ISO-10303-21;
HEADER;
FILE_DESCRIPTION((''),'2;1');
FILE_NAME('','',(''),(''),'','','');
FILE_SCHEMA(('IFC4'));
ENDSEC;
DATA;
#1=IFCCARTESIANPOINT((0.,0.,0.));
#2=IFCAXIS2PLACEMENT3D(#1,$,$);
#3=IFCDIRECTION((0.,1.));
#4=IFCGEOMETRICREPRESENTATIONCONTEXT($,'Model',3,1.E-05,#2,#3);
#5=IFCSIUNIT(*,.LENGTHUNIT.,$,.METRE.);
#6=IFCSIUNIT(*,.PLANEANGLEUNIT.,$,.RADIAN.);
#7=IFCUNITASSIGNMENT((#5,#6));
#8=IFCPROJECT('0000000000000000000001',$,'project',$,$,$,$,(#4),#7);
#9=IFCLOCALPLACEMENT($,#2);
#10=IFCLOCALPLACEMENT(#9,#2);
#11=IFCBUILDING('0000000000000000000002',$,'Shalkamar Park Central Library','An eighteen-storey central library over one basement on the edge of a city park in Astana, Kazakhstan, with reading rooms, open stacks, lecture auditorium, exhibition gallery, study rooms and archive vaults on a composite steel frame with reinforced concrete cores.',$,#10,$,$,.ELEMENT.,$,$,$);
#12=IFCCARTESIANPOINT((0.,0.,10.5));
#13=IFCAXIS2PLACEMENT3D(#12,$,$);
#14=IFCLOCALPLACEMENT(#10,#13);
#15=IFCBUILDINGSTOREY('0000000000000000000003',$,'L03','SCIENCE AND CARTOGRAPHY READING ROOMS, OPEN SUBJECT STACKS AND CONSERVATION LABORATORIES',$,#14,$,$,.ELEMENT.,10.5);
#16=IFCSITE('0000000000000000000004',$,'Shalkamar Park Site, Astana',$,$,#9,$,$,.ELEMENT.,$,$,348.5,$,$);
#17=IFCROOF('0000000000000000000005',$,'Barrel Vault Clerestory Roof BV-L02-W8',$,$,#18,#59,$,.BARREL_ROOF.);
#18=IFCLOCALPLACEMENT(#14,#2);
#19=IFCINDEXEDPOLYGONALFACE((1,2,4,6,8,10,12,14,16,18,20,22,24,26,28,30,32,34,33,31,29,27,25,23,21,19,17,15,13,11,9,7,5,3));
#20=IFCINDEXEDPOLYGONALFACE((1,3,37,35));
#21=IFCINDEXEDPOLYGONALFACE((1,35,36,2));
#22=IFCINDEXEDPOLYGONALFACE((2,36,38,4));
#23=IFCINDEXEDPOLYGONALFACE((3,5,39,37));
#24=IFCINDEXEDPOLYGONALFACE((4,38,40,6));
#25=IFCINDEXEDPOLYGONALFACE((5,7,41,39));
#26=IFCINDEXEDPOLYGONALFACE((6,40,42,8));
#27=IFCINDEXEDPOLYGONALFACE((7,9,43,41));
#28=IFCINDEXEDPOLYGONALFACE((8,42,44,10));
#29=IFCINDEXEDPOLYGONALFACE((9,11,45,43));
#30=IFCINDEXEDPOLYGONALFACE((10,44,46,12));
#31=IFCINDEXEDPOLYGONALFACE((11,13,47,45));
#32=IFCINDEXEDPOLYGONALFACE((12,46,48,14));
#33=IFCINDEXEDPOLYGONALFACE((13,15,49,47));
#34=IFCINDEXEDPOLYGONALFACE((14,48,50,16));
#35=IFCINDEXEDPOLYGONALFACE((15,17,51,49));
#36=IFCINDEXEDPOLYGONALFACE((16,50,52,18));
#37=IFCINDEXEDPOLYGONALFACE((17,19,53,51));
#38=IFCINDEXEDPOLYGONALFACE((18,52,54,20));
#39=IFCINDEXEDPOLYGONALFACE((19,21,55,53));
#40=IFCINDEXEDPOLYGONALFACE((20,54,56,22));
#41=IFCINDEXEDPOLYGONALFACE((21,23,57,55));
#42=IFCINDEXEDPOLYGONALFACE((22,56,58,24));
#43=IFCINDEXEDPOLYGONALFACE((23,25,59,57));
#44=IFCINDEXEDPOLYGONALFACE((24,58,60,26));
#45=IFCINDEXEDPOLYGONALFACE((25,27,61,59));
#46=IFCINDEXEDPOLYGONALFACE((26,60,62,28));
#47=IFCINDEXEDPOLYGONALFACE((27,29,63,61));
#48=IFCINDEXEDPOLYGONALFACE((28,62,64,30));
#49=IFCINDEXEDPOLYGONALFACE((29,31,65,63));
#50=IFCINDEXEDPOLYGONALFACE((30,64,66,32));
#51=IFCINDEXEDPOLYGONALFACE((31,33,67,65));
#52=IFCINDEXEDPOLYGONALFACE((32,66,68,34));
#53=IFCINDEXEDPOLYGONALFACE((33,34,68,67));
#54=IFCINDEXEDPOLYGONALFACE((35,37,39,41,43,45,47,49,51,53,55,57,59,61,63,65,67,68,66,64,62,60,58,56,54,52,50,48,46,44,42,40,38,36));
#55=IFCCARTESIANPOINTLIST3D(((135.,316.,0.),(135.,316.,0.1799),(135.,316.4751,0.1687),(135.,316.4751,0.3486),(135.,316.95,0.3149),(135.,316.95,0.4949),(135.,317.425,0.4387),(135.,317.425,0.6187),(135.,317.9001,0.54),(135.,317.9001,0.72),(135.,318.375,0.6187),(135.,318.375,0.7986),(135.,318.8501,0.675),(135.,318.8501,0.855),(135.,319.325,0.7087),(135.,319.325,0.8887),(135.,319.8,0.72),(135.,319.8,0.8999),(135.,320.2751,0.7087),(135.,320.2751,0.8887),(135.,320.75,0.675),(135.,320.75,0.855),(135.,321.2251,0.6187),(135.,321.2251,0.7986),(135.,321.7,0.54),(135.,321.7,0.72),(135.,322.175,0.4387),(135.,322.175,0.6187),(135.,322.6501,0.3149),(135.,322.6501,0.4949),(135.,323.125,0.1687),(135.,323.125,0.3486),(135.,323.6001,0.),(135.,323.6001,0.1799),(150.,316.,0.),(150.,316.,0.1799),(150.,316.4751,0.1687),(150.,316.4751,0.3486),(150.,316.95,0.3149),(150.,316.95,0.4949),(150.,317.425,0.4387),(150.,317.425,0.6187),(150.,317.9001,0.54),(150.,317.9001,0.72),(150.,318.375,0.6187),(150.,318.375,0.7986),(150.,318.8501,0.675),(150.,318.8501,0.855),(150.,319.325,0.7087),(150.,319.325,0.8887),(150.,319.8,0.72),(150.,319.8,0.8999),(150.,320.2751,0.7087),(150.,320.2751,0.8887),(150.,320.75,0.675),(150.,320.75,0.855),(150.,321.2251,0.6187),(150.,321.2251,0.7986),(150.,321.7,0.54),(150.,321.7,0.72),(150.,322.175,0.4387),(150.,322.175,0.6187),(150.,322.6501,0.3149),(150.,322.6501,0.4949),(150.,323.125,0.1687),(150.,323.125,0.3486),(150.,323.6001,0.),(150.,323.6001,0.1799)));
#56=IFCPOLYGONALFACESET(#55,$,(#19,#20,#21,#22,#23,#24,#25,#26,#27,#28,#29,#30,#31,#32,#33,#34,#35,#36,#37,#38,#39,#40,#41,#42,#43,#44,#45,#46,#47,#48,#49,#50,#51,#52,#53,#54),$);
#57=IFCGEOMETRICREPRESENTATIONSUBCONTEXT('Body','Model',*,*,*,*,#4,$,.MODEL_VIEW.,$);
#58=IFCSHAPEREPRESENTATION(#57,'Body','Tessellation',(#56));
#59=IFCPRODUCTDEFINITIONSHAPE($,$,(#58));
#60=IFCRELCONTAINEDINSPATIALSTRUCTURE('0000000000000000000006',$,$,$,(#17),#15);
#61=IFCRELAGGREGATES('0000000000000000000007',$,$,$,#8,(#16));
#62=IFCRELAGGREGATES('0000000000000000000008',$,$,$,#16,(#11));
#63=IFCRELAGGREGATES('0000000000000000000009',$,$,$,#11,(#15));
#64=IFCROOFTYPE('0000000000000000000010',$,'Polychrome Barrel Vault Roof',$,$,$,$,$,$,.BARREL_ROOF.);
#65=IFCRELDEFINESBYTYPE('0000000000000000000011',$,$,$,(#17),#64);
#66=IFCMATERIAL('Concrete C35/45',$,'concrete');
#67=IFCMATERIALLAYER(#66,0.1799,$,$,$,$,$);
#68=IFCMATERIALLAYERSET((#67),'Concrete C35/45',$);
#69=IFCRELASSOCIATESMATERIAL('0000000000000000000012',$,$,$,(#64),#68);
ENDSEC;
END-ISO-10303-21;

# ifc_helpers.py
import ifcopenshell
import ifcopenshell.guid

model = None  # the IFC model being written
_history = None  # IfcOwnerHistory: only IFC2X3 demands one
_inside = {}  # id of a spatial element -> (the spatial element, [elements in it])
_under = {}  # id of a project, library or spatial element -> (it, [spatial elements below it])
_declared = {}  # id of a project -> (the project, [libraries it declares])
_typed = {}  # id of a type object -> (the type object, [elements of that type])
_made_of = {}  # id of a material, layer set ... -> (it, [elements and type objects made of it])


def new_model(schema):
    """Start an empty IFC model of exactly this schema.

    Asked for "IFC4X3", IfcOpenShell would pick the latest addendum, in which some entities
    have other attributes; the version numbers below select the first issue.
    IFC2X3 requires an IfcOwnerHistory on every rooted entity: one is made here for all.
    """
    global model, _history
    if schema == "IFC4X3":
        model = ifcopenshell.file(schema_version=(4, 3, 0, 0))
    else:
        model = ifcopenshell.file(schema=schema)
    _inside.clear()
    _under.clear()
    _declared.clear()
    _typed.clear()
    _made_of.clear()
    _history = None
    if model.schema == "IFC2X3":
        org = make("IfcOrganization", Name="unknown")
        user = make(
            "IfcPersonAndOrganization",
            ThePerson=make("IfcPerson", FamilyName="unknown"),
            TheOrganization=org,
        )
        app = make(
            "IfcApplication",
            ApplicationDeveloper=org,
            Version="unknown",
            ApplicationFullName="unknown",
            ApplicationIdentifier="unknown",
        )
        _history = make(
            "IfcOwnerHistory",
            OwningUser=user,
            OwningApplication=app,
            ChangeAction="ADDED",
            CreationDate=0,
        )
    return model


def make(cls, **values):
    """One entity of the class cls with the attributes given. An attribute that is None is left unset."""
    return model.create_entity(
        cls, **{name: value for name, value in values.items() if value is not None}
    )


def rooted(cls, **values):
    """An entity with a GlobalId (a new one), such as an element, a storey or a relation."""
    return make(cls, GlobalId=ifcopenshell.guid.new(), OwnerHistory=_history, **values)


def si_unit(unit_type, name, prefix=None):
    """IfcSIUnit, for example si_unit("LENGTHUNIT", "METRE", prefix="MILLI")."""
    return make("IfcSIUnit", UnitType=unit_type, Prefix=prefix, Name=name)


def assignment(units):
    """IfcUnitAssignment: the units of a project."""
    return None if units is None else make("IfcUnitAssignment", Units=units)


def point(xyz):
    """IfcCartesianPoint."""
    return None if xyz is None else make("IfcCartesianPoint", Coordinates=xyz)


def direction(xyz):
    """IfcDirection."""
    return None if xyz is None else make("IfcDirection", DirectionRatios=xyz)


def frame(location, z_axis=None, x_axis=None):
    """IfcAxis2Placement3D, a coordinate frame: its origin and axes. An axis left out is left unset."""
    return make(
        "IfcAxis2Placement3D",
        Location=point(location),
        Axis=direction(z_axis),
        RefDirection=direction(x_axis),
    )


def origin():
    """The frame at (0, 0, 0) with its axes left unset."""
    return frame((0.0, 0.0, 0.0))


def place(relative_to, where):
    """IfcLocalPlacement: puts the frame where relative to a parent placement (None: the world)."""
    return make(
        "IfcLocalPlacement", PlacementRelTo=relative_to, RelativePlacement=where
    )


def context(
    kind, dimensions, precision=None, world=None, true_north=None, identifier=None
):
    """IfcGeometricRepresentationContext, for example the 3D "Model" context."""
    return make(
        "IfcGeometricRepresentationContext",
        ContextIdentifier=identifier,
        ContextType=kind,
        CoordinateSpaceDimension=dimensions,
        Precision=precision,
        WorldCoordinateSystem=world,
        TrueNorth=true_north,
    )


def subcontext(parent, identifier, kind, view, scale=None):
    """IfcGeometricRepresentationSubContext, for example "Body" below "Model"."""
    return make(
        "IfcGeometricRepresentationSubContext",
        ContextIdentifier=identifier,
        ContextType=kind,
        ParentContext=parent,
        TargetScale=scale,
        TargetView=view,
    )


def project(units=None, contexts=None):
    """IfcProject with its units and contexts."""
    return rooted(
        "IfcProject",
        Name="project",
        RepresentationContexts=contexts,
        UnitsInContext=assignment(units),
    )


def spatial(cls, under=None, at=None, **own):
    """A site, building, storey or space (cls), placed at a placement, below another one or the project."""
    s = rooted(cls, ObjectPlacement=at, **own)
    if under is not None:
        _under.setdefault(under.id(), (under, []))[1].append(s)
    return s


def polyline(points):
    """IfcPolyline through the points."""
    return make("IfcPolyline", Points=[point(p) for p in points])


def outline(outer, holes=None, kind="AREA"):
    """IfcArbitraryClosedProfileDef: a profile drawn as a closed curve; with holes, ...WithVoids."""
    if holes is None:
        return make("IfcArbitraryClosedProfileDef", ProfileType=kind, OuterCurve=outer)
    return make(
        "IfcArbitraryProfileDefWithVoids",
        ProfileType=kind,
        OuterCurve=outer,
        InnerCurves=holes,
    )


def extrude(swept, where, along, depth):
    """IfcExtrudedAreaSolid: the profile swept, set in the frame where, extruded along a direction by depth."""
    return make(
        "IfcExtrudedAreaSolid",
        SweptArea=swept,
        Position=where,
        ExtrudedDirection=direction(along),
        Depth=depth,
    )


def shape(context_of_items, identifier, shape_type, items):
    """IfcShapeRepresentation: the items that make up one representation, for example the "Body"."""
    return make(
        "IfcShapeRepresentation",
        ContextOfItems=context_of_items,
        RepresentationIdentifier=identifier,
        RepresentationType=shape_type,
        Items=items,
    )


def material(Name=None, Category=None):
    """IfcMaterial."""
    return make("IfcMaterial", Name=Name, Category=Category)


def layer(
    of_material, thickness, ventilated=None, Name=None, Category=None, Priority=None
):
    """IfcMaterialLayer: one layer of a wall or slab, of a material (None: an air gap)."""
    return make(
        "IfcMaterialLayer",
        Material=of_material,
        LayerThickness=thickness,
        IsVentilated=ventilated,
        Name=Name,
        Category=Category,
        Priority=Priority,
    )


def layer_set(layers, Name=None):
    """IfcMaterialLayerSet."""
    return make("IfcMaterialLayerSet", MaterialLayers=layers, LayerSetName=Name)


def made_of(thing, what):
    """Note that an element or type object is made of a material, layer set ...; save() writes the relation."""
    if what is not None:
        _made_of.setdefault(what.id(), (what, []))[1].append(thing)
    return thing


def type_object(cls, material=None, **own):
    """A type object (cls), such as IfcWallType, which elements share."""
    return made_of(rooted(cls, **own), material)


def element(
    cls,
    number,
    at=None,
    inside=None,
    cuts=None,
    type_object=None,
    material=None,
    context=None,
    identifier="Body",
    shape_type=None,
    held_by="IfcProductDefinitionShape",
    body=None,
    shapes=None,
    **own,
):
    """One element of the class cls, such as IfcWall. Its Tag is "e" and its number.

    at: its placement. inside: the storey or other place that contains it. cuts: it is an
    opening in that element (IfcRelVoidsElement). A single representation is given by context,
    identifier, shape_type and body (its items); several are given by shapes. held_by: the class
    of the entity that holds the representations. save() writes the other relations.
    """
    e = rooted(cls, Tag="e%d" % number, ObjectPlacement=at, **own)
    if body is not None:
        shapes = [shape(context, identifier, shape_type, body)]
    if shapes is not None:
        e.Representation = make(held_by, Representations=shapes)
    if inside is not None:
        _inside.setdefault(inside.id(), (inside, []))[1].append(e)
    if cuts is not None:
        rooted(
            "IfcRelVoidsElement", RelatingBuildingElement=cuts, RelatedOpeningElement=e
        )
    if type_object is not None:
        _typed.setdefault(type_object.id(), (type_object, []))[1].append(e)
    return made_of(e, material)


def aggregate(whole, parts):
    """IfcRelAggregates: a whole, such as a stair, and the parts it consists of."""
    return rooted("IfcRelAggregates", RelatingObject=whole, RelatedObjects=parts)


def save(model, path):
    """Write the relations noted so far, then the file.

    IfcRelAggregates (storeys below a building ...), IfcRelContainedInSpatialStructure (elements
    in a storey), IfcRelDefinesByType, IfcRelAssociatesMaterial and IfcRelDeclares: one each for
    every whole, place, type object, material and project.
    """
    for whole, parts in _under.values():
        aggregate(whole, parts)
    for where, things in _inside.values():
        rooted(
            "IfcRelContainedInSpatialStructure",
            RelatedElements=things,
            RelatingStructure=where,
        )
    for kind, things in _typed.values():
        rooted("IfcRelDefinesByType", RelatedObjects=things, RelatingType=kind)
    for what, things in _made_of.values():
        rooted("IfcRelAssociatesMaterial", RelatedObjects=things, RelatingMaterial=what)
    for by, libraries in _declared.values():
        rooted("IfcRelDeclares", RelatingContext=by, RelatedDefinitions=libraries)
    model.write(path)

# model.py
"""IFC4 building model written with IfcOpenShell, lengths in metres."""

from ifc_helpers import new_model, si_unit, direction, frame, origin, place, context, subcontext, project, spatial, polyline, outline, extrude, material, layer, layer_set, type_object, element, save


model = new_model("IFC4")

# Units and contexts
model_context = context("Model", 3, precision=1e-05, world=origin(), true_north=direction((0.0, 1.0)))
body_context = subcontext(model_context, "Body", "Model", "MODEL_VIEW")
ifc_project = project(units=[si_unit("LENGTHUNIT", "METRE"), si_unit("PLANEANGLEUNIT", "RADIAN")], contexts=[model_context])

# Site, building, storey
site_placement = place(None, origin())
site = spatial("IfcSite", under=ifc_project, at=site_placement, Name="Shalkamar Park Site, Astana", CompositionType="ELEMENT", RefElevation=348.5)
building_placement = place(site_placement, origin())
building = spatial("IfcBuilding", under=site, at=building_placement, Name="Shalkamar Park Central Library", Description="An eighteen-storey central library over one basement on the edge of a city park in Astana, Kazakhstan, with reading rooms, open stacks, lecture auditorium, exhibition gallery, study rooms and archive vaults on a composite steel frame with reinforced concrete cores.", CompositionType="ELEMENT")
storey_placement = place(building_placement, frame((0.0, 0.0, 10.5)))
storey = spatial("IfcBuildingStorey", under=building, at=storey_placement, Name="L03", Description="SCIENCE AND CARTOGRAPHY READING ROOMS, OPEN SUBJECT STACKS AND CONSERVATION LABORATORIES", CompositionType="ELEMENT", Elevation=10.5)

# Roof
ifc_material_1 = material(Name="Concrete C35/45", Category="concrete")
ifc_layer_1 = layer(ifc_material_1, 0.1799)
ifc_layer_set_1 = layer_set([ifc_layer_1], Name="Concrete C35/45")
roof_type = type_object("IfcRoofType", Name="Polychrome Barrel Vault Roof", PredefinedType="BARREL_ROOF", material=ifc_layer_set_1)
roof_placement = place(storey_placement, frame((135.0, 319.8, 0.0), z_axis=(0.0, 0.0, 1.0), x_axis=(1.0, 0.0, 0.0)))
element("IfcRoof", 1, at=roof_placement, inside=storey, type_object=roof_type, Name="Barrel Vault Clerestory Roof BV-L02-W8", PredefinedType="BARREL_ROOF", context=body_context, shape_type="SweptSolid", body=[
    extrude(outline(polyline([(-3.8, 0.1799), (-3.325, 0.3486), (-2.8501, 0.4949), (-2.375, 0.6187), (-1.8999, 0.72), (-1.425, 0.7986), (-0.95, 0.855), (-0.4751, 0.8887), (0.0, 0.8999), (0.4751, 0.8887), (0.95, 0.855), (1.425, 0.7986), (1.8999, 0.72), (2.375, 0.6187), (2.8501, 0.4949), (3.325, 0.3486), (3.8, 0.1799), (3.8, 0.0), (3.325, 0.1687), (2.8501, 0.3149), (2.375, 0.4387), (1.8999, 0.54), (1.425, 0.6187), (0.95, 0.675), (0.4751, 0.7087), (0.0, 0.72), (-0.4751, 0.7087), (-0.95, 0.675), (-1.425, 0.6187), (-1.8999, 0.54), (-2.375, 0.4387), (-2.8501, 0.3149), (-3.325, 0.1687), (-3.8, 0.0), (-3.8, 0.1799)])), frame((0.0, 0.0, 0.0), z_axis=(1.0, 0.0, 0.0), x_axis=(0.0, 1.0, 0.0)), (0.0, 0.0, 1.0), 15.0),
])

save(model, "model.ifc")
